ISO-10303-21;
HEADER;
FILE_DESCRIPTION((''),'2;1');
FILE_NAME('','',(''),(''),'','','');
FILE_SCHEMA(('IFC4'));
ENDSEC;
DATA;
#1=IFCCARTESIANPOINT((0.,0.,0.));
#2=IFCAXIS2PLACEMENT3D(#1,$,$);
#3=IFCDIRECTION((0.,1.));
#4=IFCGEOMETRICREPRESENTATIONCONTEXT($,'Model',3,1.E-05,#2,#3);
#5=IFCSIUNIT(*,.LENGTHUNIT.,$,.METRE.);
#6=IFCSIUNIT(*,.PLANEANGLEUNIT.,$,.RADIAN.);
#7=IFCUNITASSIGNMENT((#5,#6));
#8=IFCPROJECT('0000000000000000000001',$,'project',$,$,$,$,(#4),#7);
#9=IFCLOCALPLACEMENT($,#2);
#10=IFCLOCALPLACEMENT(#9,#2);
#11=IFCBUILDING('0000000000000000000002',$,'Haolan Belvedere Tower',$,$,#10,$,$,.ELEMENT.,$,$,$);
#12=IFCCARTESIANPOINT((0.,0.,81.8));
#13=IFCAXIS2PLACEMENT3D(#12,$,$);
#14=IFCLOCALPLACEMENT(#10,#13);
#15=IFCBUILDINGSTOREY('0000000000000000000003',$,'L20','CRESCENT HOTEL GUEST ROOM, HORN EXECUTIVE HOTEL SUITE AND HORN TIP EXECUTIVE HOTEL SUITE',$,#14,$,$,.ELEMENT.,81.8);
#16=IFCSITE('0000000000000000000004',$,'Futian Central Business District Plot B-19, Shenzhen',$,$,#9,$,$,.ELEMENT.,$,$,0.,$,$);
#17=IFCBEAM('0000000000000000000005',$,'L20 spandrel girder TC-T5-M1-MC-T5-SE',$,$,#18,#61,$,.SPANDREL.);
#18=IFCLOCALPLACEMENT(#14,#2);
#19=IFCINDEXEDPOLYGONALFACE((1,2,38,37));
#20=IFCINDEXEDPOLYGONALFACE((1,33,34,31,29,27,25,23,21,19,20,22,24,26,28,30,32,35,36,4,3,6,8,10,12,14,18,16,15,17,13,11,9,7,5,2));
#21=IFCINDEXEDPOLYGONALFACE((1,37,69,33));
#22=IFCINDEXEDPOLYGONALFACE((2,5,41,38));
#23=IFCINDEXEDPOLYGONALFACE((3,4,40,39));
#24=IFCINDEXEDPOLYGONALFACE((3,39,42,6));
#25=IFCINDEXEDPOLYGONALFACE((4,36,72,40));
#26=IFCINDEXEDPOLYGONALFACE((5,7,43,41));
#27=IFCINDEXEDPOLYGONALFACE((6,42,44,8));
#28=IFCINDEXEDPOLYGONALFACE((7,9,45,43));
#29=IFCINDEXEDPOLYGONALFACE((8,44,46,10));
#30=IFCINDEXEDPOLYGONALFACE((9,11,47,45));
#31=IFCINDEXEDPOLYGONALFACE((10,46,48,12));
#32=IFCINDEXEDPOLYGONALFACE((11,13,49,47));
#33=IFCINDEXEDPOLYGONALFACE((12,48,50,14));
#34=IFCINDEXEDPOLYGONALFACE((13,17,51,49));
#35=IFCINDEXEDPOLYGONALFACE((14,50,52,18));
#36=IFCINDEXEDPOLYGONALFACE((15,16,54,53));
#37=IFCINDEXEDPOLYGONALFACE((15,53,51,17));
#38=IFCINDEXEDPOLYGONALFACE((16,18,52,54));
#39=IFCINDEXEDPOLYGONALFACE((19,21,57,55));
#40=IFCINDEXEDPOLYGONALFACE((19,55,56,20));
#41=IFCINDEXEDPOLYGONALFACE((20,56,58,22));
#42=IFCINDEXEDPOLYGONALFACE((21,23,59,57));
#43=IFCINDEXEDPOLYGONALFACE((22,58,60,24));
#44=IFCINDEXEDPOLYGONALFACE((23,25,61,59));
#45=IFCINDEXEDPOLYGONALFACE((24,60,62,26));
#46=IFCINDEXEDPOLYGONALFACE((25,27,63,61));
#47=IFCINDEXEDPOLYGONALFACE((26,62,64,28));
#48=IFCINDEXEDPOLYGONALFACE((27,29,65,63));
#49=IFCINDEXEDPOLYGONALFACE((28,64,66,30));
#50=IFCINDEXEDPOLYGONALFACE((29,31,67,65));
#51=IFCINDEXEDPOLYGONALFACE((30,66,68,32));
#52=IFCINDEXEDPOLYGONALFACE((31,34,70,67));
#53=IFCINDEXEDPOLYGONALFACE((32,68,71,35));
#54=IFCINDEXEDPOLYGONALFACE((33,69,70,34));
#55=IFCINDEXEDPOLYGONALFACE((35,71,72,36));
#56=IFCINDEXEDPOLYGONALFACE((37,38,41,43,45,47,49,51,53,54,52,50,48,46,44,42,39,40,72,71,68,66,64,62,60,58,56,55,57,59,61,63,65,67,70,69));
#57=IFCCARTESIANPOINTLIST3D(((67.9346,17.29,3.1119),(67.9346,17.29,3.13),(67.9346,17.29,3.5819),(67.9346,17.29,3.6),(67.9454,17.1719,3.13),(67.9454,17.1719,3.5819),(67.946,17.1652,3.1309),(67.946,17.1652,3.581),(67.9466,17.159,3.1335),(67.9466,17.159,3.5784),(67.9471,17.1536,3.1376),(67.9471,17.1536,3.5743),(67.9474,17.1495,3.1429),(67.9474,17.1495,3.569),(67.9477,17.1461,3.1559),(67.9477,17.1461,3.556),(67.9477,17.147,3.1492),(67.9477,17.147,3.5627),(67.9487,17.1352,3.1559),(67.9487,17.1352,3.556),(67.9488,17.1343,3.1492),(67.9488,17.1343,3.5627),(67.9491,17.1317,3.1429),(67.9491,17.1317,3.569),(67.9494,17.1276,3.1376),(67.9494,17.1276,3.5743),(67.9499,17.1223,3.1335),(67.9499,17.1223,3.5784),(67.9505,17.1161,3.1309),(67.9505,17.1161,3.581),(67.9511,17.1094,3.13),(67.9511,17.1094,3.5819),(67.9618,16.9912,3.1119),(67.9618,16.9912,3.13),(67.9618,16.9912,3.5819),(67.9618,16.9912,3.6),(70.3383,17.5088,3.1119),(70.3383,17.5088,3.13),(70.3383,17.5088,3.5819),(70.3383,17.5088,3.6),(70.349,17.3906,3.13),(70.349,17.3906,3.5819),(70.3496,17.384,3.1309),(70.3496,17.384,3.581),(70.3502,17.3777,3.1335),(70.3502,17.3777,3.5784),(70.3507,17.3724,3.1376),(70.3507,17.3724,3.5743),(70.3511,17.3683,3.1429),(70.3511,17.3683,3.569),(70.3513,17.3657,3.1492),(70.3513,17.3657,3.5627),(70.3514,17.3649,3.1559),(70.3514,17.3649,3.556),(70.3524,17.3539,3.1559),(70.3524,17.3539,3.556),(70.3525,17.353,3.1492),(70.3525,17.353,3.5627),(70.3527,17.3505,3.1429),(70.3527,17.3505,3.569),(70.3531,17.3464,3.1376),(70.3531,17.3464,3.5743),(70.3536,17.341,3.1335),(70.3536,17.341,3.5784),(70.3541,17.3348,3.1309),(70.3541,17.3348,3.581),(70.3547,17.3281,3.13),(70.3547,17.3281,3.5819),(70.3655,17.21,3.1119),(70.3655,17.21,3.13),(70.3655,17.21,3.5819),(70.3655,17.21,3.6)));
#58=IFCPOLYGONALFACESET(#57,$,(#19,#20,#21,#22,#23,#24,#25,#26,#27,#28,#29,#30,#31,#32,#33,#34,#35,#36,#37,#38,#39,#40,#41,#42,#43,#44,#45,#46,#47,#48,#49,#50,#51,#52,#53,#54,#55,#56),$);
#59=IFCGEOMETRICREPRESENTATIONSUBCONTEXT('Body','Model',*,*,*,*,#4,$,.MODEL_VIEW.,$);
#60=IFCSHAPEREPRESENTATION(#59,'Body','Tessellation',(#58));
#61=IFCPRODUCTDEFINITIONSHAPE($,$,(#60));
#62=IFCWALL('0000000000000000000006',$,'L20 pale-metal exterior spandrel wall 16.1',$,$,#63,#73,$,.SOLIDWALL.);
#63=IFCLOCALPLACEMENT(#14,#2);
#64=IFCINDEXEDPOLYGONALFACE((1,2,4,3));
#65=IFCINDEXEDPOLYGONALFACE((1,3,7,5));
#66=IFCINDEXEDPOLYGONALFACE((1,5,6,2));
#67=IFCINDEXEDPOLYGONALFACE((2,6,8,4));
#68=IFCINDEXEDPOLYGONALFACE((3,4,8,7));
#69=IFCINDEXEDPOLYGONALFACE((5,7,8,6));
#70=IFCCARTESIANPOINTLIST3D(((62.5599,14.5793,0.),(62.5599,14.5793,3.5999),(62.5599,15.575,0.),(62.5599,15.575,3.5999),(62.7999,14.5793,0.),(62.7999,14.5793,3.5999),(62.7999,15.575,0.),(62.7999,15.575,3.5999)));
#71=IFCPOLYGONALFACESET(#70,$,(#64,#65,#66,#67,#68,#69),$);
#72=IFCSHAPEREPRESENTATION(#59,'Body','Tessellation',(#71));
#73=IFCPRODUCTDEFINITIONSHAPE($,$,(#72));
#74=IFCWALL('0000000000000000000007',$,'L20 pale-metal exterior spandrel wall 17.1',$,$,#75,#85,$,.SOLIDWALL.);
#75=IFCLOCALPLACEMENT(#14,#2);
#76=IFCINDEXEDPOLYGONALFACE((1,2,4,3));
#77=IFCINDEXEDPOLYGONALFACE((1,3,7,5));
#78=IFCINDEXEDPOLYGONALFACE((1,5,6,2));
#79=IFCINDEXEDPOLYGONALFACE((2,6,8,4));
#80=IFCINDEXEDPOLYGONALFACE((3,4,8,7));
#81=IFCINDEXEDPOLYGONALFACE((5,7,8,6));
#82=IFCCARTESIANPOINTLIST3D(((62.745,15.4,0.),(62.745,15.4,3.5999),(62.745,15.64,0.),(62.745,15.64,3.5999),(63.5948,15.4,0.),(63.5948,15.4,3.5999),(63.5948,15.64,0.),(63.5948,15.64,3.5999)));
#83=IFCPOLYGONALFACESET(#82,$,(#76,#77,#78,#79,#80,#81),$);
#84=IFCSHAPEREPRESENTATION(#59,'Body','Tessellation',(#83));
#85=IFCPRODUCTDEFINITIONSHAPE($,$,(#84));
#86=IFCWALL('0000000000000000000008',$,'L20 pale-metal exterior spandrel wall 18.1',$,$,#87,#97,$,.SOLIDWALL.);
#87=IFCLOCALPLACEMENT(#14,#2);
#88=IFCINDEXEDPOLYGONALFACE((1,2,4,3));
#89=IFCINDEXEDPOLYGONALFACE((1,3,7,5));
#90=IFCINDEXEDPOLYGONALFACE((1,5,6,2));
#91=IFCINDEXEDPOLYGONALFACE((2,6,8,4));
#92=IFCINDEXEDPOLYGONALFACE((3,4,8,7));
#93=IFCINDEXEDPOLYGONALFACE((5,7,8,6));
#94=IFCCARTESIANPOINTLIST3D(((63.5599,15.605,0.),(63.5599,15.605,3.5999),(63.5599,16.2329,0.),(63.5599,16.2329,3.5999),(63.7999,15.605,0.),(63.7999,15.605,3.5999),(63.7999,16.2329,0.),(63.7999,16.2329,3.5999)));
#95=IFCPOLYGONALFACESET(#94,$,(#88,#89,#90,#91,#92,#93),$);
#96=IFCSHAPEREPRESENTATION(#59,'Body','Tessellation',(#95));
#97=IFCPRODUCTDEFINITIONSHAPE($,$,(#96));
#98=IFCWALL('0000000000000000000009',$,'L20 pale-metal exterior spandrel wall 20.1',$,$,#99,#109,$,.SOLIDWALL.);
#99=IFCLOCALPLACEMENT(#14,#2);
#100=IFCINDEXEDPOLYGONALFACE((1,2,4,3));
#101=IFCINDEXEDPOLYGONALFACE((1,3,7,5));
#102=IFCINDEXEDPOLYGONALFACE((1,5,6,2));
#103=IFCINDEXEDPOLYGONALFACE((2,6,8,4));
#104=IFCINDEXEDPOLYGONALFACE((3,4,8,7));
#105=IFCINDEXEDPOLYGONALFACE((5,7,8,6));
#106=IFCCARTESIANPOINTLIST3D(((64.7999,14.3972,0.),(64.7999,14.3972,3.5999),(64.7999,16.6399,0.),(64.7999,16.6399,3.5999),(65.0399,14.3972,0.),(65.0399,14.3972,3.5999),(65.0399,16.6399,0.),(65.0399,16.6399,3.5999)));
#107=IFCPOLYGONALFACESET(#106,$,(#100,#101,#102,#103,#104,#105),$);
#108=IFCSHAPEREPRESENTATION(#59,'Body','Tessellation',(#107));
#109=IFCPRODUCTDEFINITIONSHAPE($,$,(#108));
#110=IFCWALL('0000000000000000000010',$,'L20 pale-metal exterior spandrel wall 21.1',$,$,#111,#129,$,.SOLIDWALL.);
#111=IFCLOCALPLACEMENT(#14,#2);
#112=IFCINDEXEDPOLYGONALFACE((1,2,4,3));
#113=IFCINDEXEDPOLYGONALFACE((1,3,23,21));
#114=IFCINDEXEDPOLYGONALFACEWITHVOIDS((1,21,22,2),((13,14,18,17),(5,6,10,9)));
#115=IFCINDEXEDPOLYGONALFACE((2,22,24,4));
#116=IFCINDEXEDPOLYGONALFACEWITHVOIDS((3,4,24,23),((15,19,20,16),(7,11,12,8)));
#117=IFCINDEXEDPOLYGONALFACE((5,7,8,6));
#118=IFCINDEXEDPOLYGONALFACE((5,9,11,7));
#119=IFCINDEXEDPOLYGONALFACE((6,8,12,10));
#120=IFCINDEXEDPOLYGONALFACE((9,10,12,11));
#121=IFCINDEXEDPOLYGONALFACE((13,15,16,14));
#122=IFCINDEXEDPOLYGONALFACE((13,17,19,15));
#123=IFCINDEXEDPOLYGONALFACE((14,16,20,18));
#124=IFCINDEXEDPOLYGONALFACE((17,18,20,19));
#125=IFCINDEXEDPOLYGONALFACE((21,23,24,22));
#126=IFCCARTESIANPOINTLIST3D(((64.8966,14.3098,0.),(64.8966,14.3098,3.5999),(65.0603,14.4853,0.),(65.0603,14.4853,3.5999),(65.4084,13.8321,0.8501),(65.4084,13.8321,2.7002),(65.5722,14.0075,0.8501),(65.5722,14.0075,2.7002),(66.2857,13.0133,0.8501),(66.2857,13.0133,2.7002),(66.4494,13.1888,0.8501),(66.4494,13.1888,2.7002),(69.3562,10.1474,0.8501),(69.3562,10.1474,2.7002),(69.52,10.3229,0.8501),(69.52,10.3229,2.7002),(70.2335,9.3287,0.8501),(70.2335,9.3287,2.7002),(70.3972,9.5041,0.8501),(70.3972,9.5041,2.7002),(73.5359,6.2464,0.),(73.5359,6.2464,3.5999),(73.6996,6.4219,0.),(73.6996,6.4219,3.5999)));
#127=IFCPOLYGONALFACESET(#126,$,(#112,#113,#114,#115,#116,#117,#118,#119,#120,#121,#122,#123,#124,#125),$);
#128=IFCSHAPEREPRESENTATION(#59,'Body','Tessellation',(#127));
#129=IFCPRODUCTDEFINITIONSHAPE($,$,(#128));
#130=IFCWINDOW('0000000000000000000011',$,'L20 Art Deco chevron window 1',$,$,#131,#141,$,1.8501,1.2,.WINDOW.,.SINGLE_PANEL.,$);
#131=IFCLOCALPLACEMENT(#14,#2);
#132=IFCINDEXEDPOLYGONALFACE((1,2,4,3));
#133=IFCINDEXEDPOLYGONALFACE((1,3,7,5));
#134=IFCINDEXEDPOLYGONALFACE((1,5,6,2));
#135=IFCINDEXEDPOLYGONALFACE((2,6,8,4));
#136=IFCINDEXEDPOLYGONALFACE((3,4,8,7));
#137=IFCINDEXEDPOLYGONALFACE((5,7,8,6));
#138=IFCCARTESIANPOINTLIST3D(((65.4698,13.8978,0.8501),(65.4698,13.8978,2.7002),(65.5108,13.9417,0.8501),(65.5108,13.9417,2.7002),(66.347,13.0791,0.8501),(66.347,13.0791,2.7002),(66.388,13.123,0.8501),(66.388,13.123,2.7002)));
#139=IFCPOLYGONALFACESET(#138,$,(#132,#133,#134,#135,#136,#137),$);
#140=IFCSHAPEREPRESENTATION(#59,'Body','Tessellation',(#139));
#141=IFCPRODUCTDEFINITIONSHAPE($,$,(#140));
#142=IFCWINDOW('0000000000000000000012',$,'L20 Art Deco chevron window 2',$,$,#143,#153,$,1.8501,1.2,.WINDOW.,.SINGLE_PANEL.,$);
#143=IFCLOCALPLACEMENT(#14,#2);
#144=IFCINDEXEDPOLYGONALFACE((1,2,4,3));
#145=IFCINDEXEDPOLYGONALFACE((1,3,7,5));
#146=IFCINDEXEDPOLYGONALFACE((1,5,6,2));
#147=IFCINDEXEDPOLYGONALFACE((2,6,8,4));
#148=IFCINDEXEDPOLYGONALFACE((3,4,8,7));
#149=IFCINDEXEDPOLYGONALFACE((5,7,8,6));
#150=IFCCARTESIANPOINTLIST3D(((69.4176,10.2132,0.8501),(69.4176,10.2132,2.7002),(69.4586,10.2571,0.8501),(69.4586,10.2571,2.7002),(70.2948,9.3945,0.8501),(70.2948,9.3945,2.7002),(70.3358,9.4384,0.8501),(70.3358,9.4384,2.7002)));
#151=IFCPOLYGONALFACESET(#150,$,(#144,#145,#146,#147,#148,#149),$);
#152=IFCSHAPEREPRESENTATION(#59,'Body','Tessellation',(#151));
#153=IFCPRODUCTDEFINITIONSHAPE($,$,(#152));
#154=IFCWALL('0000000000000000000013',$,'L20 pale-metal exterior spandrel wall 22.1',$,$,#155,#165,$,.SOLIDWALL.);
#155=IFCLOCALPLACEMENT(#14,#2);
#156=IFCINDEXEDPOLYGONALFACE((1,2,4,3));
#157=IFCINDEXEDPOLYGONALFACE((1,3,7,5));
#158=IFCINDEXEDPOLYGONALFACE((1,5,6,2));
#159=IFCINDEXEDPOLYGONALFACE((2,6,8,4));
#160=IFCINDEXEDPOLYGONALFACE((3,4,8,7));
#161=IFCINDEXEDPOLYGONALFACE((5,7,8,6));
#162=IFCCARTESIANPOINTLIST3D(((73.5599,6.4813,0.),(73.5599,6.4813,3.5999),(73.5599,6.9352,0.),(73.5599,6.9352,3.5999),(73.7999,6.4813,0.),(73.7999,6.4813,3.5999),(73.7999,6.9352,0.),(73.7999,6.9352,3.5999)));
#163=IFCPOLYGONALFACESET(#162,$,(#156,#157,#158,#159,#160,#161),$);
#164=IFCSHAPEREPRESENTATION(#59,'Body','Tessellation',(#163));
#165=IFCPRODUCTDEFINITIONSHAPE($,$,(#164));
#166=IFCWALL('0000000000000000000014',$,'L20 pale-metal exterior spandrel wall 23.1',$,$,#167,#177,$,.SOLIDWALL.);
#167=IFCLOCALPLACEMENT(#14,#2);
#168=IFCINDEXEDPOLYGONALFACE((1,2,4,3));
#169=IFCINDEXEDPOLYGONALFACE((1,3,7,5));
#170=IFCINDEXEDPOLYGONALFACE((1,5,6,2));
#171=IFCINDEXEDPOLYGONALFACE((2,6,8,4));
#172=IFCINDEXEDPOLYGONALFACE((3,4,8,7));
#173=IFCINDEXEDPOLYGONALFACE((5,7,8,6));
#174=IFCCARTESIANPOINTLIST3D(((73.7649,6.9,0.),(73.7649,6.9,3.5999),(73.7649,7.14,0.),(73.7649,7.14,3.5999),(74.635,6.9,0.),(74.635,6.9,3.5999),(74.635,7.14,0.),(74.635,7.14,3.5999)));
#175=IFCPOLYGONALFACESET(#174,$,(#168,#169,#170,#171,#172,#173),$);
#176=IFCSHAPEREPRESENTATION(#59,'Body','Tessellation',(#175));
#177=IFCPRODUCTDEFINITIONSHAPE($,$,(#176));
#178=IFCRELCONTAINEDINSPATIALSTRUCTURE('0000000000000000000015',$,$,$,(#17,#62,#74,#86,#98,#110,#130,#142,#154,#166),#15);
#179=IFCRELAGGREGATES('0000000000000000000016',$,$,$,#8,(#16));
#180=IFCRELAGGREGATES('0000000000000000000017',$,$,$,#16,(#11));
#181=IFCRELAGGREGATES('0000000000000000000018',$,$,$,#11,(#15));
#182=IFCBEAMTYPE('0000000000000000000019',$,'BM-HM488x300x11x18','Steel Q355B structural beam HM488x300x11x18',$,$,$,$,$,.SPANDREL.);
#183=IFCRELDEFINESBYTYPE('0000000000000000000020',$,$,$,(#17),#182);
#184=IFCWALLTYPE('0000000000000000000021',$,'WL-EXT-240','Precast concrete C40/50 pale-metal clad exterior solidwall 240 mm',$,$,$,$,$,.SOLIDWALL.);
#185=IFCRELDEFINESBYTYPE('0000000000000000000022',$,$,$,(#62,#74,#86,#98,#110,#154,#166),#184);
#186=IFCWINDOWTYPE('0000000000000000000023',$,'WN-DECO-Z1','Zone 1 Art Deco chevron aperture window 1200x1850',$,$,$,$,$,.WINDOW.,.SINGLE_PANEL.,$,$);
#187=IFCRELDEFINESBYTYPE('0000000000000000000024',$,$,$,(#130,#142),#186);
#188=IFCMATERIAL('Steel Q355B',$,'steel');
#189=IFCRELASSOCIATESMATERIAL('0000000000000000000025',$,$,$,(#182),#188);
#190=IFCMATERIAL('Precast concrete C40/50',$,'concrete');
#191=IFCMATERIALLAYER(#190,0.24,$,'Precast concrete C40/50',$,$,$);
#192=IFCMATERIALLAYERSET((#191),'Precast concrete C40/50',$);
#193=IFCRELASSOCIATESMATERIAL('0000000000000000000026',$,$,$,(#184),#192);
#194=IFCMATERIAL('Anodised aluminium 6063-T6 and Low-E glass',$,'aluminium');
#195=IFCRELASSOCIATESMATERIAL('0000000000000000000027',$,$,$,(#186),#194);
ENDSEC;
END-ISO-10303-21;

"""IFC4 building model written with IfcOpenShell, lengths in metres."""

from ifc_helpers import new_model, si_unit, direction, frame, frame_2d, origin, origin_2d, place, context, subcontext, project, spatial, rectangle, i_section, extrude, material, layer, layer_set, material_profile, profile_set, type_object, element, fill, save


model = new_model("IFC4")

# Units and contexts
model_context = context("Model", 3, precision=1e-05, world=origin(), true_north=direction((0.0, 1.0)))
body_context = subcontext(model_context, "Body", "Model", "MODEL_VIEW")
ifc_project = project(units=[si_unit("LENGTHUNIT", "METRE"), si_unit("PLANEANGLEUNIT", "RADIAN")], contexts=[model_context])

# Site, building, storey
site_placement = place(None, origin())
site = spatial("IfcSite", under=ifc_project, at=site_placement, Name="Futian Central Business District Plot B-19, Shenzhen", CompositionType="ELEMENT", RefElevation=0.0)
building_placement = place(site_placement, origin())
building = spatial("IfcBuilding", under=site, at=building_placement, Name="Haolan Belvedere Tower", CompositionType="ELEMENT")
storey_placement = place(building_placement, frame((0.0, 0.0, 81.8)))
storey = spatial("IfcBuildingStorey", under=building, at=storey_placement, Name="L20", Description="CRESCENT HOTEL GUEST ROOM, HORN EXECUTIVE HOTEL SUITE AND HORN TIP EXECUTIVE HOTEL SUITE", CompositionType="ELEMENT", Elevation=81.8)

# Shared definitions
ifc_material_1 = material(Name="Steel Q355B", Category="steel")

# Beam
ifc_material_profile_1 = material_profile(ifc_material_1, i_section(OverallWidth=0.3, OverallDepth=0.488, WebThickness=0.011, FlangeThickness=0.0181, FilletRadius=0.0259, at=origin_2d()), Name="Steel Q355B")
ifc_profile_set_1 = profile_set([ifc_material_profile_1], Name="Steel Q355B")
beam_type = type_object("IfcBeamType", Name="BM-HM488x300x11x18", Description="Steel Q355B structural beam HM488x300x11x18", PredefinedType="SPANDREL", material=ifc_profile_set_1)
for number, where, z_axis, x_axis, name in (
    (1, (67.9482, 17.1406, 3.356), (0.995884, 0.090636, 0.0), (-0.090636, 0.995884, 0.0), "L20 spandrel girder TC-T5-M1-MC-T5-SE"),
):
    element("IfcBeam", number, at=place(storey_placement, frame(where, z_axis=z_axis, x_axis=x_axis)), inside=storey, type_object=beam_type, Name=name, PredefinedType="SPANDREL", context=body_context, shape_type="SweptSolid", body=[
        extrude(i_section(OverallWidth=0.3, OverallDepth=0.488, WebThickness=0.011, FlangeThickness=0.0181, FilletRadius=0.0259, at=origin_2d()), origin(), (0.0, 0.0, 1.0), 2.4136),
    ])

# Walls
ifc_material_2 = material(Name="Precast concrete C40/50", Category="concrete")
ifc_layer_1 = layer(ifc_material_2, 0.24, Name="Precast concrete C40/50")
ifc_layer_set_1 = layer_set([ifc_layer_1], Name="Precast concrete C40/50")
wall_type_1 = type_object("IfcWallType", Name="WL-EXT-240", Description="Precast concrete C40/50 pale-metal clad exterior solidwall 240 mm", PredefinedType="SOLIDWALL", material=ifc_layer_set_1)
wall_1_placement = place(storey_placement, frame((62.6799, 14.5793, 0.0), z_axis=(0.0, 0.0, 1.0), x_axis=(0.0, 1.0, 0.0)))
element("IfcWall", 2, at=wall_1_placement, inside=storey, type_object=wall_type_1, Name="L20 pale-metal exterior spandrel wall 16.1", PredefinedType="SOLIDWALL", context=body_context, shape_type="SweptSolid", body=[
    extrude(rectangle(XDim=0.9956, YDim=0.24, at=frame_2d((0.4978, 0.0))), origin(), (0.0, 0.0, 1.0), 3.5999),
])
wall_2_placement = place(storey_placement, frame((62.7451, 15.52, 0.0), z_axis=(0.0, 0.0, 1.0), x_axis=(1.0, 0.0, 0.0)))
element("IfcWall", 3, at=wall_2_placement, inside=storey, type_object=wall_type_1, Name="L20 pale-metal exterior spandrel wall 17.1", PredefinedType="SOLIDWALL", context=body_context, shape_type="SweptSolid", body=[
    extrude(rectangle(XDim=0.8499, YDim=0.24, at=frame_2d((0.4248, 0.0))), origin(), (0.0, 0.0, 1.0), 3.5999),
])
wall_3_placement = place(storey_placement, frame((63.6799, 15.605, 0.0), z_axis=(0.0, 0.0, 1.0), x_axis=(0.0, 1.0, 0.0)))
element("IfcWall", 4, at=wall_3_placement, inside=storey, type_object=wall_type_1, Name="L20 pale-metal exterior spandrel wall 18.1", PredefinedType="SOLIDWALL", context=body_context, shape_type="SweptSolid", body=[
    extrude(rectangle(XDim=0.6279, YDim=0.24, at=frame_2d((0.314, 0.0))), origin(), (0.0, 0.0, 1.0), 3.5999),
])
wall_4_placement = place(storey_placement, frame((64.9199, 16.6399, 0.0), z_axis=(0.0, 0.0, 1.0), x_axis=(0.0, -1.0, 0.0)))
element("IfcWall", 5, at=wall_4_placement, inside=storey, type_object=wall_type_1, Name="L20 pale-metal exterior spandrel wall 20.1", PredefinedType="SOLIDWALL", context=body_context, shape_type="SweptSolid", body=[
    extrude(rectangle(XDim=2.2427, YDim=0.24, at=frame_2d((1.1213, 0.0))), origin(), (0.0, 0.0, 1.0), 3.5999),
])

# Wall, openings, windows
wall_5_placement = place(storey_placement, frame((64.9785, 14.3975, 0.0), z_axis=(0.0, 0.0, 1.0), x_axis=(0.731054, -0.68232, 0.0)))
wall_5 = element("IfcWall", 6, at=wall_5_placement, inside=storey, type_object=wall_type_1, Name="L20 pale-metal exterior spandrel wall 21.1", PredefinedType="SOLIDWALL", context=body_context, shape_type="SweptSolid", body=[
    extrude(rectangle(XDim=11.8176, YDim=0.24, at=frame_2d((5.9087, 0.0))), origin(), (0.0, 0.0, 1.0), 3.5999),
])
opening_1_placement = place(wall_5_placement, frame((0.7, 0.0, 0.8501)))
opening_1 = element("IfcOpeningElement", 7, at=opening_1_placement, cuts=wall_5, PredefinedType="OPENING", context=body_context, shape_type="SweptSolid", body=[
    extrude(rectangle(XDim=1.2, YDim=1.8501, at=frame_2d((0.6001, 0.925))), frame((0.0, 0.1299, 0.0), z_axis=(0.0, -1.0, 0.0), x_axis=(1.0, 0.0, 0.0)), (0.0, 0.0, 1.0), 0.26),
])
opening_2_placement = place(wall_5_placement, frame((6.1001, 0.0, 0.8501)))
opening_2 = element("IfcOpeningElement", 8, at=opening_2_placement, cuts=wall_5, PredefinedType="OPENING", context=body_context, shape_type="SweptSolid", body=[
    extrude(rectangle(XDim=1.2, YDim=1.8501, at=frame_2d((0.6001, 0.925))), frame((0.0, 0.1299, 0.0), z_axis=(0.0, -1.0, 0.0), x_axis=(1.0, 0.0, 0.0)), (0.0, 0.0, 1.0), 0.26),
])
ifc_material_3 = material(Name="Anodised aluminium 6063-T6 and Low-E glass", Category="aluminium")
window_type = type_object("IfcWindowType", Name="WN-DECO-Z1", Description="Zone 1 Art Deco chevron aperture window 1200x1850", PartitioningType="SINGLE_PANEL", PredefinedType="WINDOW", material=ifc_material_3)
window_1_placement = place(opening_1_placement, origin())
window_1 = element("IfcWindow", 9, at=window_1_placement, inside=storey, type_object=window_type, Name="L20 Art Deco chevron window 1", OverallHeight=1.8501, OverallWidth=1.2, PartitioningType="SINGLE_PANEL", PredefinedType="WINDOW", context=body_context, shape_type="SweptSolid", body=[
    extrude(rectangle(XDim=1.2, YDim=1.8501, at=frame_2d((0.6001, 0.925))), frame((0.0, 0.03, 0.0), z_axis=(0.0, -1.0, 0.0), x_axis=(1.0, 0.0, 0.0)), (0.0, 0.0, 1.0), 0.0601),
])
fill(opening_1, window_1)
window_2_placement = place(opening_2_placement, origin())
window_2 = element("IfcWindow", 10, at=window_2_placement, inside=storey, type_object=window_type, Name="L20 Art Deco chevron window 2", OverallHeight=1.8501, OverallWidth=1.2, PartitioningType="SINGLE_PANEL", PredefinedType="WINDOW", context=body_context, shape_type="SweptSolid", body=[
    extrude(rectangle(XDim=1.2, YDim=1.8501, at=frame_2d((0.6001, 0.925))), frame((0.0, 0.03, 0.0), z_axis=(0.0, -1.0, 0.0), x_axis=(1.0, 0.0, 0.0)), (0.0, 0.0, 1.0), 0.0601),
])
fill(opening_2, window_2)

# Walls
wall_6_placement = place(storey_placement, frame((73.6799, 6.4812, 0.0), z_axis=(0.0, 0.0, 1.0), x_axis=(0.0, 1.0, 0.0)))
element("IfcWall", 11, at=wall_6_placement, inside=storey, type_object=wall_type_1, Name="L20 pale-metal exterior spandrel wall 22.1", PredefinedType="SOLIDWALL", context=body_context, shape_type="SweptSolid", body=[
    extrude(rectangle(XDim=0.4539, YDim=0.24, at=frame_2d((0.2271, 0.0))), origin(), (0.0, 0.0, 1.0), 3.5999),
])
wall_7_placement = place(storey_placement, frame((73.7649, 7.02, 0.0), z_axis=(0.0, 0.0, 1.0), x_axis=(1.0, 0.0, 0.0)))
element("IfcWall", 12, at=wall_7_placement, inside=storey, type_object=wall_type_1, Name="L20 pale-metal exterior spandrel wall 23.1", PredefinedType="SOLIDWALL", context=body_context, shape_type="SweptSolid", body=[
    extrude(rectangle(XDim=0.8701, YDim=0.24, at=frame_2d((0.4351, 0.0))), origin(), (0.0, 0.0, 1.0), 3.5999),
])

save(model, "model.ifc")
